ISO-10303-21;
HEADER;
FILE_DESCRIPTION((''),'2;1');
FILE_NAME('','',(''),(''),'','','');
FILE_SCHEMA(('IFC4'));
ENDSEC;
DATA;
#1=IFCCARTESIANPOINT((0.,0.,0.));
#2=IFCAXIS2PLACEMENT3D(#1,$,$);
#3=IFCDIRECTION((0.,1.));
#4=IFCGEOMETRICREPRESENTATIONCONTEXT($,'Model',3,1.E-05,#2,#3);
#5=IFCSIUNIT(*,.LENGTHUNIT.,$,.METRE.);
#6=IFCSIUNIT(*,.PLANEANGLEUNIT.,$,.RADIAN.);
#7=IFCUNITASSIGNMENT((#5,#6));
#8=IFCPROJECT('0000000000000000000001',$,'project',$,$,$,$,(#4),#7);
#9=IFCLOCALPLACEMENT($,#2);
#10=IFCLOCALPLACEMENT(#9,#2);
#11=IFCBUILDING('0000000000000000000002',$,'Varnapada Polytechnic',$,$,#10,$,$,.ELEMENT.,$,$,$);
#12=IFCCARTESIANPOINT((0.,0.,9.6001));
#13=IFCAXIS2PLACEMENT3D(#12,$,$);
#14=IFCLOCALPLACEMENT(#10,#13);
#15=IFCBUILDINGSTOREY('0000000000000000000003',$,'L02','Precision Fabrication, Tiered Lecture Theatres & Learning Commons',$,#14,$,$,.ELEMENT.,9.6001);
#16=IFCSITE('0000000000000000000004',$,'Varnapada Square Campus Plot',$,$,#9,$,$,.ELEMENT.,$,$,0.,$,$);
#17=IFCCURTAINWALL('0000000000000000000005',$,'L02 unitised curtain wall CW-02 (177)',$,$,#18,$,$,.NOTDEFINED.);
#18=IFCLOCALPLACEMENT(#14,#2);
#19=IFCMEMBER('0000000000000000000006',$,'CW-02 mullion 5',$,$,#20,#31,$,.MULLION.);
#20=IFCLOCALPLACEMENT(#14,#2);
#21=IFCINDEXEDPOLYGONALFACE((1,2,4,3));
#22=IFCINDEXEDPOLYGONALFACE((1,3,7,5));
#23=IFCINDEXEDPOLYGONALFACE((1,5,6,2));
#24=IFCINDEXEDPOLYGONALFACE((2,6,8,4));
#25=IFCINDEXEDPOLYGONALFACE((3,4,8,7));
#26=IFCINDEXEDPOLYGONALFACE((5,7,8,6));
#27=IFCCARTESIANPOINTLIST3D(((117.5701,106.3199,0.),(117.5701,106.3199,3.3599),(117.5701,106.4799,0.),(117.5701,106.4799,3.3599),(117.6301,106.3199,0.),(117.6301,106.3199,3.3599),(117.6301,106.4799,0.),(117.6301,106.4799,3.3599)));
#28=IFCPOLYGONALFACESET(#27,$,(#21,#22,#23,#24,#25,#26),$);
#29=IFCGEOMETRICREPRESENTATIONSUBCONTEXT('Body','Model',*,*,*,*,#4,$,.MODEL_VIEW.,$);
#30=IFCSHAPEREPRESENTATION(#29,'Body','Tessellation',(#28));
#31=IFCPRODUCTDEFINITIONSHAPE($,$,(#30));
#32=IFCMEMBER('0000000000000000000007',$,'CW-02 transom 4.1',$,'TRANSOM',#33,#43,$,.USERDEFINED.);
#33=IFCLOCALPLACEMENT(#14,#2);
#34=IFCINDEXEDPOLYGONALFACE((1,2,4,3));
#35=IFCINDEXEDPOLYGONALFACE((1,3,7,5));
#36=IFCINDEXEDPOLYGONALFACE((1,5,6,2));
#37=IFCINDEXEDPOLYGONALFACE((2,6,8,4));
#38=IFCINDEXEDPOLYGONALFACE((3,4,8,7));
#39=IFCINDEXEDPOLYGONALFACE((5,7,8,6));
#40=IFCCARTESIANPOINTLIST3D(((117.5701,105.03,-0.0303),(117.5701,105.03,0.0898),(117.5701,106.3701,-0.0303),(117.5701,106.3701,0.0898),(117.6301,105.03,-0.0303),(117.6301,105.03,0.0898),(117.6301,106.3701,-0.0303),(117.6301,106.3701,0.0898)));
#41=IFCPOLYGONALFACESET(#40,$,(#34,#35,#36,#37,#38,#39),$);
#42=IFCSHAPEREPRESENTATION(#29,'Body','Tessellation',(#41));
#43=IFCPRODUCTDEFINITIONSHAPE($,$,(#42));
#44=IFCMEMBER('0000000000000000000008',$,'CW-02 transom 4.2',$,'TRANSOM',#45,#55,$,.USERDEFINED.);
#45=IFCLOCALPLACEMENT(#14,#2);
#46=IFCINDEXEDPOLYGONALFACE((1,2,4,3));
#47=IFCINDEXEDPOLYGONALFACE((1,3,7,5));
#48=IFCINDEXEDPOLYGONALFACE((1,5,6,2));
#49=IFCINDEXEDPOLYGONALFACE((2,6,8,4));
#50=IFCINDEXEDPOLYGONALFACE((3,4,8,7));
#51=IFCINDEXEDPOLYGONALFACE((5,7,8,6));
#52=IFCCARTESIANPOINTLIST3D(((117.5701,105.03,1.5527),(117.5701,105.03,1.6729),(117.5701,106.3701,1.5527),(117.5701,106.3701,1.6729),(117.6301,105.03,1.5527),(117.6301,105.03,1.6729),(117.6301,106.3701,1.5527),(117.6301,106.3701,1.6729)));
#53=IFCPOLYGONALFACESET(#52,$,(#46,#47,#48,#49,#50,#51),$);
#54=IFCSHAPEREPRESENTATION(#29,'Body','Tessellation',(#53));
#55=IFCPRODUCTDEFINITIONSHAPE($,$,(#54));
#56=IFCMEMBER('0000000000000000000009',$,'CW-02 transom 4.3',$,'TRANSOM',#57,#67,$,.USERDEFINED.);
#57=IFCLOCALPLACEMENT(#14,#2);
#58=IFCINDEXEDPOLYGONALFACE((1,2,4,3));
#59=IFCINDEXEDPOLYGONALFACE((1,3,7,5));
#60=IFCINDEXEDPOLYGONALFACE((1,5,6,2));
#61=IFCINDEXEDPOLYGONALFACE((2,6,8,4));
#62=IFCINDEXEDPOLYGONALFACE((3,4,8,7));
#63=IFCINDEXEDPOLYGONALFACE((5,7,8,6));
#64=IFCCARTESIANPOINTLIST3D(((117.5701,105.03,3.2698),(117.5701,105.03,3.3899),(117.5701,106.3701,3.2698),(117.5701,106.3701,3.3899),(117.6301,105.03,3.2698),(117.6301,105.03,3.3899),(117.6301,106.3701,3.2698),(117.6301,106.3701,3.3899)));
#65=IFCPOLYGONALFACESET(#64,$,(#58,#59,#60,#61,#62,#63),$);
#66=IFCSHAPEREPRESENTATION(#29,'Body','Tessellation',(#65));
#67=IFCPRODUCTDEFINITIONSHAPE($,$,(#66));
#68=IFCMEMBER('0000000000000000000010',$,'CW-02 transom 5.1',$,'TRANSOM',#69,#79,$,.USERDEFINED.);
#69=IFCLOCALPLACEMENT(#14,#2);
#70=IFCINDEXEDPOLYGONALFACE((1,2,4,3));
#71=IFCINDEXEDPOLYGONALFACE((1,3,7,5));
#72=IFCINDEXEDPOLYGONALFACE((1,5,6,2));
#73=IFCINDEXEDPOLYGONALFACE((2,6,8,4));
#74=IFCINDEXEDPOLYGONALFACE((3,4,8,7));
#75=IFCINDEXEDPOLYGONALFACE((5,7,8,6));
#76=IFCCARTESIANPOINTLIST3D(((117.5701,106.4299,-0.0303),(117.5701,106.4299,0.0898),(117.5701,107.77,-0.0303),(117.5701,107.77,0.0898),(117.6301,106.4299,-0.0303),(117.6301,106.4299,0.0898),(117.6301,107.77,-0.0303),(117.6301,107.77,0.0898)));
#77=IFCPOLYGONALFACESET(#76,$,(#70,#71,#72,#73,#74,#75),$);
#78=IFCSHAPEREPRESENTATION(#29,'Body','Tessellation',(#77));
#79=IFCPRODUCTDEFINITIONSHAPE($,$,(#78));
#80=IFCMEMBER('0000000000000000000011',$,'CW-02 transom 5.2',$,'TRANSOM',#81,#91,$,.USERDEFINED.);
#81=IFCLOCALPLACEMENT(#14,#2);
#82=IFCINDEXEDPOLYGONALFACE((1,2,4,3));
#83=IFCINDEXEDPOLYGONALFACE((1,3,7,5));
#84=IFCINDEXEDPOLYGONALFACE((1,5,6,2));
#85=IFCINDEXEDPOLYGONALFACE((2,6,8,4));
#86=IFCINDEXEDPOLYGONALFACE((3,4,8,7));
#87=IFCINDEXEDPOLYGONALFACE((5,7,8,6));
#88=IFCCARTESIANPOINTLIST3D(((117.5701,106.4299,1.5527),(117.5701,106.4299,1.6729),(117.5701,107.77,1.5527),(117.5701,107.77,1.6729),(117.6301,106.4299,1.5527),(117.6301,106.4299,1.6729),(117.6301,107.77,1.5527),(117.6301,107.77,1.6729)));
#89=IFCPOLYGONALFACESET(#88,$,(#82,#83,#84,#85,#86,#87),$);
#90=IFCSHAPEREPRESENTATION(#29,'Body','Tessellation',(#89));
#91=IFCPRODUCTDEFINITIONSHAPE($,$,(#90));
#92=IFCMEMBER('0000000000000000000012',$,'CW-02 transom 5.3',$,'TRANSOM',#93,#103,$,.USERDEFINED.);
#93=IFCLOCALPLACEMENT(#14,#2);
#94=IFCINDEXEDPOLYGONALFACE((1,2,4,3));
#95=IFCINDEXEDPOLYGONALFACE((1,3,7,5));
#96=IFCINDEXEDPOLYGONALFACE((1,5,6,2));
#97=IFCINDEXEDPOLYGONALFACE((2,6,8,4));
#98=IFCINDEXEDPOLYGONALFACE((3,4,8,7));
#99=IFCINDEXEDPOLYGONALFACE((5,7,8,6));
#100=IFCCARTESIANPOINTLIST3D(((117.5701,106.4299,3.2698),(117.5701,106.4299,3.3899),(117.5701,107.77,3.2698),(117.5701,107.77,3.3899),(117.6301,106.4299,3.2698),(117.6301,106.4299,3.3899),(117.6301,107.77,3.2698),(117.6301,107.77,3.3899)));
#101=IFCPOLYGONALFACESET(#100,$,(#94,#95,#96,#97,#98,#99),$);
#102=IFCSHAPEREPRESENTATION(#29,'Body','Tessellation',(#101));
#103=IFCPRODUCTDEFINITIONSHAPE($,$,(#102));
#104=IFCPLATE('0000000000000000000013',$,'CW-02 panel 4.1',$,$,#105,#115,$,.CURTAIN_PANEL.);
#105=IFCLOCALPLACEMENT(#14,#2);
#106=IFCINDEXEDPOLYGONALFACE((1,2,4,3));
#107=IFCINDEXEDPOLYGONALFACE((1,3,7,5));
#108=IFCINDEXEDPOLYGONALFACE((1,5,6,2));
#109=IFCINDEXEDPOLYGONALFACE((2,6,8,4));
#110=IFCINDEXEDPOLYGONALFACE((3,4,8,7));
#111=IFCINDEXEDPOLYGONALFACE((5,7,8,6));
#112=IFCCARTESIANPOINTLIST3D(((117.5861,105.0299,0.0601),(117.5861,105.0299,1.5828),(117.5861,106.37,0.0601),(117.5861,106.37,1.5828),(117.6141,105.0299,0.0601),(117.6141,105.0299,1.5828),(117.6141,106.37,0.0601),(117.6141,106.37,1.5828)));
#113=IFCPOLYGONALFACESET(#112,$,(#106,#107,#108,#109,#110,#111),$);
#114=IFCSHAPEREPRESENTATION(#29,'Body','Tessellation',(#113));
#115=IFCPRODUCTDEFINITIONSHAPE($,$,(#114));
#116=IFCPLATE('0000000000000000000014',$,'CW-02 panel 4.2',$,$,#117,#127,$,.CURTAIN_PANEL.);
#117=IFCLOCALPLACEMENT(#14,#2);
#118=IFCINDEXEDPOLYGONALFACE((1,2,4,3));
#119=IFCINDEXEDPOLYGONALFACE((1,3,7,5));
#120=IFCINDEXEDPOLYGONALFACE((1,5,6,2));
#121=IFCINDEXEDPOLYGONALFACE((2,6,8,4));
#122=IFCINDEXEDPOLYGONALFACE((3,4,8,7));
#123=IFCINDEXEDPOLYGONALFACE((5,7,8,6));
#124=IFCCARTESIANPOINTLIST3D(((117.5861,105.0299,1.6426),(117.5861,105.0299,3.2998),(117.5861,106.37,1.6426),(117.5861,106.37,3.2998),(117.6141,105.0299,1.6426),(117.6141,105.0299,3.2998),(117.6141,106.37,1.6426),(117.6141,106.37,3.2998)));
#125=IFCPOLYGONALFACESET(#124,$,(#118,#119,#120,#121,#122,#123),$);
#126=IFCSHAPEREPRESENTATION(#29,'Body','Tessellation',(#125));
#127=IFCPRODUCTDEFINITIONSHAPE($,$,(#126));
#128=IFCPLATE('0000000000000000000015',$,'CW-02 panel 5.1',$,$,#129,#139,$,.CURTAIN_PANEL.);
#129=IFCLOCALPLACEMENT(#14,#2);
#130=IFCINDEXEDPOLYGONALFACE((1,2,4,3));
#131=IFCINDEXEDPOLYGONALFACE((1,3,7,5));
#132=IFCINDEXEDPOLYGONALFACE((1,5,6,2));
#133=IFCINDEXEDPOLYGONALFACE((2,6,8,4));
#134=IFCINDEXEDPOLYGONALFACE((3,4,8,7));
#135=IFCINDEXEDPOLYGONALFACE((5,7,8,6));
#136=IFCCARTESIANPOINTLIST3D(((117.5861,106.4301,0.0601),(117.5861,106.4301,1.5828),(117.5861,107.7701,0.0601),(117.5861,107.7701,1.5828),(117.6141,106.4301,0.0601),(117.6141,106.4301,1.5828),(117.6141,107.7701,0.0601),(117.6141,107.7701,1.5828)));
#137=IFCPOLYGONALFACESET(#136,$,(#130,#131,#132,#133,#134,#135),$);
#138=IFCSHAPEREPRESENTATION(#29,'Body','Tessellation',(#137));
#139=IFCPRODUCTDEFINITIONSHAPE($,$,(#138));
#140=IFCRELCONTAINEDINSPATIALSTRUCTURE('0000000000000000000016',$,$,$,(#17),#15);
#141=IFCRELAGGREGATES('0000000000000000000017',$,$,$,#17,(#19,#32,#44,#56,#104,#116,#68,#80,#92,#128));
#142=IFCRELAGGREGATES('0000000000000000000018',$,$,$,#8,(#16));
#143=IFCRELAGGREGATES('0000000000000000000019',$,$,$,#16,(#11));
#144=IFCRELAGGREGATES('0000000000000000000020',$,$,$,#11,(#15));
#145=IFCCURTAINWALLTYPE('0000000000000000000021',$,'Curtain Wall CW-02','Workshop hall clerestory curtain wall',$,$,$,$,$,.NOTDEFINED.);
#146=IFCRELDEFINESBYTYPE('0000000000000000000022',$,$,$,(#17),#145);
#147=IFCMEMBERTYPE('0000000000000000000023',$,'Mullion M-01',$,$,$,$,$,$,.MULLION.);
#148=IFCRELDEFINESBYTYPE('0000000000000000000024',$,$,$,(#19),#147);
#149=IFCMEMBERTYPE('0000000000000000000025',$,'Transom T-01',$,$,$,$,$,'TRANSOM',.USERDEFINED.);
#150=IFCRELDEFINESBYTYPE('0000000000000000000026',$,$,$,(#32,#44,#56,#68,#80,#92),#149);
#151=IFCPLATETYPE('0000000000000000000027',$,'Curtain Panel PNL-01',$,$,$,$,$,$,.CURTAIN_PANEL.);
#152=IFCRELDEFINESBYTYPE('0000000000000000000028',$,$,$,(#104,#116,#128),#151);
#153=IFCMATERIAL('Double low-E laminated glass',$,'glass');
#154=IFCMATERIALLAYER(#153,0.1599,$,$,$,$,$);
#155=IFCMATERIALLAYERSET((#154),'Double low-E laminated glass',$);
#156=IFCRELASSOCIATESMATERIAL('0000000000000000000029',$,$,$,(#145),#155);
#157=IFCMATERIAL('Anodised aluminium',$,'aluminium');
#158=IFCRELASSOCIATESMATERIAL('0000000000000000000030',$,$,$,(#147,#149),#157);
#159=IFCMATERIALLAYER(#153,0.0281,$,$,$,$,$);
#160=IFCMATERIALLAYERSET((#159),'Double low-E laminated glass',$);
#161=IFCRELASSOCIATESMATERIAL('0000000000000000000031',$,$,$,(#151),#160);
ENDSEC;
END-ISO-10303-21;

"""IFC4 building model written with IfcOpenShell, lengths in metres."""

from ifc_helpers import new_model, si_unit, direction, frame, origin, origin_2d, place, context, subcontext, project, spatial, rectangle, extrude, material, layer, layer_set, material_profile, profile_set, type_object, element, aggregate, save


model = new_model("IFC4")

# Units and contexts
model_context = context("Model", 3, precision=1e-05, world=origin(), true_north=direction((0.0, 1.0)))
body_context = subcontext(model_context, "Body", "Model", "MODEL_VIEW")
ifc_project = project(units=[si_unit("LENGTHUNIT", "METRE"), si_unit("PLANEANGLEUNIT", "RADIAN")], contexts=[model_context])

# Site, building, storey
site_placement = place(None, origin())
site = spatial("IfcSite", under=ifc_project, at=site_placement, Name="Varnapada Square Campus Plot", CompositionType="ELEMENT", RefElevation=0.0)
building_placement = place(site_placement, origin())
building = spatial("IfcBuilding", under=site, at=building_placement, Name="Varnapada Polytechnic", CompositionType="ELEMENT")
storey_placement = place(building_placement, frame((0.0, 0.0, 9.6001)))
storey = spatial("IfcBuildingStorey", under=building, at=storey_placement, Name="L02", Description="Precision Fabrication, Tiered Lecture Theatres & Learning Commons", CompositionType="ELEMENT", Elevation=9.6001)

# Curtain wall, members, plates
ifc_material_1 = material(Name="Double low-E laminated glass", Category="glass")
ifc_layer_1 = layer(ifc_material_1, 0.1599)
ifc_layer_set_1 = layer_set([ifc_layer_1], Name="Double low-E laminated glass")
curtain_wall_type = type_object("IfcCurtainWallType", Name="Curtain Wall CW-02", Description="Workshop hall clerestory curtain wall", PredefinedType="NOTDEFINED", material=ifc_layer_set_1)
curtain_wall_placement = place(storey_placement, origin())
curtain_wall = element("IfcCurtainWall", 1, at=curtain_wall_placement, inside=storey, type_object=curtain_wall_type, Name="L02 unitised curtain wall CW-02 (177)", PredefinedType="NOTDEFINED")
ifc_material_2 = material(Name="Anodised aluminium", Category="aluminium")
ifc_material_profile_1 = material_profile(ifc_material_2, rectangle(XDim=0.0601, YDim=0.1599, at=origin_2d()), Name="ALU M60x160")
ifc_profile_set_1 = profile_set([ifc_material_profile_1], Name="Anodised aluminium")
member_type_1 = type_object("IfcMemberType", Name="Mullion M-01", PredefinedType="MULLION", material=ifc_profile_set_1)
member_1_placement = place(storey_placement, frame((117.6001, 106.3999, 0.0), z_axis=(0.0, 0.0, 1.0), x_axis=(-1.0, 0.0, 0.0)))
member_1 = element("IfcMember", 2, at=member_1_placement, type_object=member_type_1, Name="CW-02 mullion 5", PredefinedType="MULLION", context=body_context, shape_type="SweptSolid", body=[
    extrude(rectangle(XDim=0.0601, YDim=0.1599, at=origin_2d()), origin(), (0.0, 0.0, 1.0), 3.3599),
])
ifc_material_profile_2 = material_profile(ifc_material_2, rectangle(XDim=0.0601, YDim=0.1201, at=origin_2d()), Name="ALU T60x120")
ifc_profile_set_2 = profile_set([ifc_material_profile_2], Name="Anodised aluminium")
member_type_2 = type_object("IfcMemberType", Name="Transom T-01", ElementType="TRANSOM", PredefinedType="USERDEFINED", material=ifc_profile_set_2)
member_2_placement = place(storey_placement, frame((117.6001, 105.03, 0.0298), z_axis=(0.0, 1.0, 0.0), x_axis=(-1.0, 0.0, 0.0)))
member_2 = element("IfcMember", 3, at=member_2_placement, type_object=member_type_2, Name="CW-02 transom 4.1", ObjectType="TRANSOM", PredefinedType="USERDEFINED", context=body_context, shape_type="SweptSolid", body=[
    extrude(rectangle(XDim=0.0601, YDim=0.1201, at=origin_2d()), origin(), (0.0, 0.0, 1.0), 1.3401),
])
member_3_placement = place(storey_placement, frame((117.6001, 105.03, 1.6128), z_axis=(0.0, 1.0, 0.0), x_axis=(-1.0, 0.0, 0.0)))
member_3 = element("IfcMember", 4, at=member_3_placement, type_object=member_type_2, Name="CW-02 transom 4.2", ObjectType="TRANSOM", PredefinedType="USERDEFINED", context=body_context, shape_type="SweptSolid", body=[
    extrude(rectangle(XDim=0.0601, YDim=0.1201, at=origin_2d()), origin(), (0.0, 0.0, 1.0), 1.3401),
])
member_4_placement = place(storey_placement, frame((117.6001, 105.03, 3.3298), z_axis=(0.0, 1.0, 0.0), x_axis=(-1.0, 0.0, 0.0)))
member_4 = element("IfcMember", 5, at=member_4_placement, type_object=member_type_2, Name="CW-02 transom 4.3", ObjectType="TRANSOM", PredefinedType="USERDEFINED", context=body_context, shape_type="SweptSolid", body=[
    extrude(rectangle(XDim=0.0601, YDim=0.1201, at=origin_2d()), origin(), (0.0, 0.0, 1.0), 1.3401),
])
member_5_placement = place(storey_placement, frame((117.6001, 106.4299, 0.0298), z_axis=(0.0, 1.0, 0.0), x_axis=(-1.0, 0.0, 0.0)))
member_5 = element("IfcMember", 6, at=member_5_placement, type_object=member_type_2, Name="CW-02 transom 5.1", ObjectType="TRANSOM", PredefinedType="USERDEFINED", context=body_context, shape_type="SweptSolid", body=[
    extrude(rectangle(XDim=0.0601, YDim=0.1201, at=origin_2d()), origin(), (0.0, 0.0, 1.0), 1.3401),
])
member_6_placement = place(storey_placement, frame((117.6001, 106.4299, 1.6128), z_axis=(0.0, 1.0, 0.0), x_axis=(-1.0, 0.0, 0.0)))
member_6 = element("IfcMember", 7, at=member_6_placement, type_object=member_type_2, Name="CW-02 transom 5.2", ObjectType="TRANSOM", PredefinedType="USERDEFINED", context=body_context, shape_type="SweptSolid", body=[
    extrude(rectangle(XDim=0.0601, YDim=0.1201, at=origin_2d()), origin(), (0.0, 0.0, 1.0), 1.3401),
])
member_7_placement = place(storey_placement, frame((117.6001, 106.4299, 3.3298), z_axis=(0.0, 1.0, 0.0), x_axis=(-1.0, 0.0, 0.0)))
member_7 = element("IfcMember", 8, at=member_7_placement, type_object=member_type_2, Name="CW-02 transom 5.3", ObjectType="TRANSOM", PredefinedType="USERDEFINED", context=body_context, shape_type="SweptSolid", body=[
    extrude(rectangle(XDim=0.0601, YDim=0.1201, at=origin_2d()), origin(), (0.0, 0.0, 1.0), 1.3401),
])
ifc_layer_2 = layer(ifc_material_1, 0.0281)
ifc_layer_set_2 = layer_set([ifc_layer_2], Name="Double low-E laminated glass")
plate_type = type_object("IfcPlateType", Name="Curtain Panel PNL-01", PredefinedType="CURTAIN_PANEL", material=ifc_layer_set_2)
plate_1_placement = place(storey_placement, frame((117.6001, 105.7, 0.0601), z_axis=(0.0, 0.0, 1.0), x_axis=(0.0, 1.0, 0.0)))
plate_1 = element("IfcPlate", 9, at=plate_1_placement, type_object=plate_type, Name="CW-02 panel 4.1", PredefinedType="CURTAIN_PANEL", context=body_context, shape_type="SweptSolid", body=[
    extrude(rectangle(XDim=1.3401, YDim=0.0281, at=origin_2d()), origin(), (0.0, 0.0, 1.0), 1.5227),
])
plate_2_placement = place(storey_placement, frame((117.6001, 105.7, 1.6426), z_axis=(0.0, 0.0, 1.0), x_axis=(0.0, 1.0, 0.0)))
plate_2 = element("IfcPlate", 10, at=plate_2_placement, type_object=plate_type, Name="CW-02 panel 4.2", PredefinedType="CURTAIN_PANEL", context=body_context, shape_type="SweptSolid", body=[
    extrude(rectangle(XDim=1.3401, YDim=0.0281, at=origin_2d()), origin(), (0.0, 0.0, 1.0), 1.6572),
])
plate_3_placement = place(storey_placement, frame((117.6001, 107.1001, 0.0601), z_axis=(0.0, 0.0, 1.0), x_axis=(0.0, 1.0, 0.0)))
plate_3 = element("IfcPlate", 11, at=plate_3_placement, type_object=plate_type, Name="CW-02 panel 5.1", PredefinedType="CURTAIN_PANEL", context=body_context, shape_type="SweptSolid", body=[
    extrude(rectangle(XDim=1.3401, YDim=0.0281, at=origin_2d()), origin(), (0.0, 0.0, 1.0), 1.5227),
])
aggregate(curtain_wall, [member_1, member_2, member_3, member_4, plate_1, plate_2, member_5, member_6, member_7, plate_3])

save(model, "model.ifc")
